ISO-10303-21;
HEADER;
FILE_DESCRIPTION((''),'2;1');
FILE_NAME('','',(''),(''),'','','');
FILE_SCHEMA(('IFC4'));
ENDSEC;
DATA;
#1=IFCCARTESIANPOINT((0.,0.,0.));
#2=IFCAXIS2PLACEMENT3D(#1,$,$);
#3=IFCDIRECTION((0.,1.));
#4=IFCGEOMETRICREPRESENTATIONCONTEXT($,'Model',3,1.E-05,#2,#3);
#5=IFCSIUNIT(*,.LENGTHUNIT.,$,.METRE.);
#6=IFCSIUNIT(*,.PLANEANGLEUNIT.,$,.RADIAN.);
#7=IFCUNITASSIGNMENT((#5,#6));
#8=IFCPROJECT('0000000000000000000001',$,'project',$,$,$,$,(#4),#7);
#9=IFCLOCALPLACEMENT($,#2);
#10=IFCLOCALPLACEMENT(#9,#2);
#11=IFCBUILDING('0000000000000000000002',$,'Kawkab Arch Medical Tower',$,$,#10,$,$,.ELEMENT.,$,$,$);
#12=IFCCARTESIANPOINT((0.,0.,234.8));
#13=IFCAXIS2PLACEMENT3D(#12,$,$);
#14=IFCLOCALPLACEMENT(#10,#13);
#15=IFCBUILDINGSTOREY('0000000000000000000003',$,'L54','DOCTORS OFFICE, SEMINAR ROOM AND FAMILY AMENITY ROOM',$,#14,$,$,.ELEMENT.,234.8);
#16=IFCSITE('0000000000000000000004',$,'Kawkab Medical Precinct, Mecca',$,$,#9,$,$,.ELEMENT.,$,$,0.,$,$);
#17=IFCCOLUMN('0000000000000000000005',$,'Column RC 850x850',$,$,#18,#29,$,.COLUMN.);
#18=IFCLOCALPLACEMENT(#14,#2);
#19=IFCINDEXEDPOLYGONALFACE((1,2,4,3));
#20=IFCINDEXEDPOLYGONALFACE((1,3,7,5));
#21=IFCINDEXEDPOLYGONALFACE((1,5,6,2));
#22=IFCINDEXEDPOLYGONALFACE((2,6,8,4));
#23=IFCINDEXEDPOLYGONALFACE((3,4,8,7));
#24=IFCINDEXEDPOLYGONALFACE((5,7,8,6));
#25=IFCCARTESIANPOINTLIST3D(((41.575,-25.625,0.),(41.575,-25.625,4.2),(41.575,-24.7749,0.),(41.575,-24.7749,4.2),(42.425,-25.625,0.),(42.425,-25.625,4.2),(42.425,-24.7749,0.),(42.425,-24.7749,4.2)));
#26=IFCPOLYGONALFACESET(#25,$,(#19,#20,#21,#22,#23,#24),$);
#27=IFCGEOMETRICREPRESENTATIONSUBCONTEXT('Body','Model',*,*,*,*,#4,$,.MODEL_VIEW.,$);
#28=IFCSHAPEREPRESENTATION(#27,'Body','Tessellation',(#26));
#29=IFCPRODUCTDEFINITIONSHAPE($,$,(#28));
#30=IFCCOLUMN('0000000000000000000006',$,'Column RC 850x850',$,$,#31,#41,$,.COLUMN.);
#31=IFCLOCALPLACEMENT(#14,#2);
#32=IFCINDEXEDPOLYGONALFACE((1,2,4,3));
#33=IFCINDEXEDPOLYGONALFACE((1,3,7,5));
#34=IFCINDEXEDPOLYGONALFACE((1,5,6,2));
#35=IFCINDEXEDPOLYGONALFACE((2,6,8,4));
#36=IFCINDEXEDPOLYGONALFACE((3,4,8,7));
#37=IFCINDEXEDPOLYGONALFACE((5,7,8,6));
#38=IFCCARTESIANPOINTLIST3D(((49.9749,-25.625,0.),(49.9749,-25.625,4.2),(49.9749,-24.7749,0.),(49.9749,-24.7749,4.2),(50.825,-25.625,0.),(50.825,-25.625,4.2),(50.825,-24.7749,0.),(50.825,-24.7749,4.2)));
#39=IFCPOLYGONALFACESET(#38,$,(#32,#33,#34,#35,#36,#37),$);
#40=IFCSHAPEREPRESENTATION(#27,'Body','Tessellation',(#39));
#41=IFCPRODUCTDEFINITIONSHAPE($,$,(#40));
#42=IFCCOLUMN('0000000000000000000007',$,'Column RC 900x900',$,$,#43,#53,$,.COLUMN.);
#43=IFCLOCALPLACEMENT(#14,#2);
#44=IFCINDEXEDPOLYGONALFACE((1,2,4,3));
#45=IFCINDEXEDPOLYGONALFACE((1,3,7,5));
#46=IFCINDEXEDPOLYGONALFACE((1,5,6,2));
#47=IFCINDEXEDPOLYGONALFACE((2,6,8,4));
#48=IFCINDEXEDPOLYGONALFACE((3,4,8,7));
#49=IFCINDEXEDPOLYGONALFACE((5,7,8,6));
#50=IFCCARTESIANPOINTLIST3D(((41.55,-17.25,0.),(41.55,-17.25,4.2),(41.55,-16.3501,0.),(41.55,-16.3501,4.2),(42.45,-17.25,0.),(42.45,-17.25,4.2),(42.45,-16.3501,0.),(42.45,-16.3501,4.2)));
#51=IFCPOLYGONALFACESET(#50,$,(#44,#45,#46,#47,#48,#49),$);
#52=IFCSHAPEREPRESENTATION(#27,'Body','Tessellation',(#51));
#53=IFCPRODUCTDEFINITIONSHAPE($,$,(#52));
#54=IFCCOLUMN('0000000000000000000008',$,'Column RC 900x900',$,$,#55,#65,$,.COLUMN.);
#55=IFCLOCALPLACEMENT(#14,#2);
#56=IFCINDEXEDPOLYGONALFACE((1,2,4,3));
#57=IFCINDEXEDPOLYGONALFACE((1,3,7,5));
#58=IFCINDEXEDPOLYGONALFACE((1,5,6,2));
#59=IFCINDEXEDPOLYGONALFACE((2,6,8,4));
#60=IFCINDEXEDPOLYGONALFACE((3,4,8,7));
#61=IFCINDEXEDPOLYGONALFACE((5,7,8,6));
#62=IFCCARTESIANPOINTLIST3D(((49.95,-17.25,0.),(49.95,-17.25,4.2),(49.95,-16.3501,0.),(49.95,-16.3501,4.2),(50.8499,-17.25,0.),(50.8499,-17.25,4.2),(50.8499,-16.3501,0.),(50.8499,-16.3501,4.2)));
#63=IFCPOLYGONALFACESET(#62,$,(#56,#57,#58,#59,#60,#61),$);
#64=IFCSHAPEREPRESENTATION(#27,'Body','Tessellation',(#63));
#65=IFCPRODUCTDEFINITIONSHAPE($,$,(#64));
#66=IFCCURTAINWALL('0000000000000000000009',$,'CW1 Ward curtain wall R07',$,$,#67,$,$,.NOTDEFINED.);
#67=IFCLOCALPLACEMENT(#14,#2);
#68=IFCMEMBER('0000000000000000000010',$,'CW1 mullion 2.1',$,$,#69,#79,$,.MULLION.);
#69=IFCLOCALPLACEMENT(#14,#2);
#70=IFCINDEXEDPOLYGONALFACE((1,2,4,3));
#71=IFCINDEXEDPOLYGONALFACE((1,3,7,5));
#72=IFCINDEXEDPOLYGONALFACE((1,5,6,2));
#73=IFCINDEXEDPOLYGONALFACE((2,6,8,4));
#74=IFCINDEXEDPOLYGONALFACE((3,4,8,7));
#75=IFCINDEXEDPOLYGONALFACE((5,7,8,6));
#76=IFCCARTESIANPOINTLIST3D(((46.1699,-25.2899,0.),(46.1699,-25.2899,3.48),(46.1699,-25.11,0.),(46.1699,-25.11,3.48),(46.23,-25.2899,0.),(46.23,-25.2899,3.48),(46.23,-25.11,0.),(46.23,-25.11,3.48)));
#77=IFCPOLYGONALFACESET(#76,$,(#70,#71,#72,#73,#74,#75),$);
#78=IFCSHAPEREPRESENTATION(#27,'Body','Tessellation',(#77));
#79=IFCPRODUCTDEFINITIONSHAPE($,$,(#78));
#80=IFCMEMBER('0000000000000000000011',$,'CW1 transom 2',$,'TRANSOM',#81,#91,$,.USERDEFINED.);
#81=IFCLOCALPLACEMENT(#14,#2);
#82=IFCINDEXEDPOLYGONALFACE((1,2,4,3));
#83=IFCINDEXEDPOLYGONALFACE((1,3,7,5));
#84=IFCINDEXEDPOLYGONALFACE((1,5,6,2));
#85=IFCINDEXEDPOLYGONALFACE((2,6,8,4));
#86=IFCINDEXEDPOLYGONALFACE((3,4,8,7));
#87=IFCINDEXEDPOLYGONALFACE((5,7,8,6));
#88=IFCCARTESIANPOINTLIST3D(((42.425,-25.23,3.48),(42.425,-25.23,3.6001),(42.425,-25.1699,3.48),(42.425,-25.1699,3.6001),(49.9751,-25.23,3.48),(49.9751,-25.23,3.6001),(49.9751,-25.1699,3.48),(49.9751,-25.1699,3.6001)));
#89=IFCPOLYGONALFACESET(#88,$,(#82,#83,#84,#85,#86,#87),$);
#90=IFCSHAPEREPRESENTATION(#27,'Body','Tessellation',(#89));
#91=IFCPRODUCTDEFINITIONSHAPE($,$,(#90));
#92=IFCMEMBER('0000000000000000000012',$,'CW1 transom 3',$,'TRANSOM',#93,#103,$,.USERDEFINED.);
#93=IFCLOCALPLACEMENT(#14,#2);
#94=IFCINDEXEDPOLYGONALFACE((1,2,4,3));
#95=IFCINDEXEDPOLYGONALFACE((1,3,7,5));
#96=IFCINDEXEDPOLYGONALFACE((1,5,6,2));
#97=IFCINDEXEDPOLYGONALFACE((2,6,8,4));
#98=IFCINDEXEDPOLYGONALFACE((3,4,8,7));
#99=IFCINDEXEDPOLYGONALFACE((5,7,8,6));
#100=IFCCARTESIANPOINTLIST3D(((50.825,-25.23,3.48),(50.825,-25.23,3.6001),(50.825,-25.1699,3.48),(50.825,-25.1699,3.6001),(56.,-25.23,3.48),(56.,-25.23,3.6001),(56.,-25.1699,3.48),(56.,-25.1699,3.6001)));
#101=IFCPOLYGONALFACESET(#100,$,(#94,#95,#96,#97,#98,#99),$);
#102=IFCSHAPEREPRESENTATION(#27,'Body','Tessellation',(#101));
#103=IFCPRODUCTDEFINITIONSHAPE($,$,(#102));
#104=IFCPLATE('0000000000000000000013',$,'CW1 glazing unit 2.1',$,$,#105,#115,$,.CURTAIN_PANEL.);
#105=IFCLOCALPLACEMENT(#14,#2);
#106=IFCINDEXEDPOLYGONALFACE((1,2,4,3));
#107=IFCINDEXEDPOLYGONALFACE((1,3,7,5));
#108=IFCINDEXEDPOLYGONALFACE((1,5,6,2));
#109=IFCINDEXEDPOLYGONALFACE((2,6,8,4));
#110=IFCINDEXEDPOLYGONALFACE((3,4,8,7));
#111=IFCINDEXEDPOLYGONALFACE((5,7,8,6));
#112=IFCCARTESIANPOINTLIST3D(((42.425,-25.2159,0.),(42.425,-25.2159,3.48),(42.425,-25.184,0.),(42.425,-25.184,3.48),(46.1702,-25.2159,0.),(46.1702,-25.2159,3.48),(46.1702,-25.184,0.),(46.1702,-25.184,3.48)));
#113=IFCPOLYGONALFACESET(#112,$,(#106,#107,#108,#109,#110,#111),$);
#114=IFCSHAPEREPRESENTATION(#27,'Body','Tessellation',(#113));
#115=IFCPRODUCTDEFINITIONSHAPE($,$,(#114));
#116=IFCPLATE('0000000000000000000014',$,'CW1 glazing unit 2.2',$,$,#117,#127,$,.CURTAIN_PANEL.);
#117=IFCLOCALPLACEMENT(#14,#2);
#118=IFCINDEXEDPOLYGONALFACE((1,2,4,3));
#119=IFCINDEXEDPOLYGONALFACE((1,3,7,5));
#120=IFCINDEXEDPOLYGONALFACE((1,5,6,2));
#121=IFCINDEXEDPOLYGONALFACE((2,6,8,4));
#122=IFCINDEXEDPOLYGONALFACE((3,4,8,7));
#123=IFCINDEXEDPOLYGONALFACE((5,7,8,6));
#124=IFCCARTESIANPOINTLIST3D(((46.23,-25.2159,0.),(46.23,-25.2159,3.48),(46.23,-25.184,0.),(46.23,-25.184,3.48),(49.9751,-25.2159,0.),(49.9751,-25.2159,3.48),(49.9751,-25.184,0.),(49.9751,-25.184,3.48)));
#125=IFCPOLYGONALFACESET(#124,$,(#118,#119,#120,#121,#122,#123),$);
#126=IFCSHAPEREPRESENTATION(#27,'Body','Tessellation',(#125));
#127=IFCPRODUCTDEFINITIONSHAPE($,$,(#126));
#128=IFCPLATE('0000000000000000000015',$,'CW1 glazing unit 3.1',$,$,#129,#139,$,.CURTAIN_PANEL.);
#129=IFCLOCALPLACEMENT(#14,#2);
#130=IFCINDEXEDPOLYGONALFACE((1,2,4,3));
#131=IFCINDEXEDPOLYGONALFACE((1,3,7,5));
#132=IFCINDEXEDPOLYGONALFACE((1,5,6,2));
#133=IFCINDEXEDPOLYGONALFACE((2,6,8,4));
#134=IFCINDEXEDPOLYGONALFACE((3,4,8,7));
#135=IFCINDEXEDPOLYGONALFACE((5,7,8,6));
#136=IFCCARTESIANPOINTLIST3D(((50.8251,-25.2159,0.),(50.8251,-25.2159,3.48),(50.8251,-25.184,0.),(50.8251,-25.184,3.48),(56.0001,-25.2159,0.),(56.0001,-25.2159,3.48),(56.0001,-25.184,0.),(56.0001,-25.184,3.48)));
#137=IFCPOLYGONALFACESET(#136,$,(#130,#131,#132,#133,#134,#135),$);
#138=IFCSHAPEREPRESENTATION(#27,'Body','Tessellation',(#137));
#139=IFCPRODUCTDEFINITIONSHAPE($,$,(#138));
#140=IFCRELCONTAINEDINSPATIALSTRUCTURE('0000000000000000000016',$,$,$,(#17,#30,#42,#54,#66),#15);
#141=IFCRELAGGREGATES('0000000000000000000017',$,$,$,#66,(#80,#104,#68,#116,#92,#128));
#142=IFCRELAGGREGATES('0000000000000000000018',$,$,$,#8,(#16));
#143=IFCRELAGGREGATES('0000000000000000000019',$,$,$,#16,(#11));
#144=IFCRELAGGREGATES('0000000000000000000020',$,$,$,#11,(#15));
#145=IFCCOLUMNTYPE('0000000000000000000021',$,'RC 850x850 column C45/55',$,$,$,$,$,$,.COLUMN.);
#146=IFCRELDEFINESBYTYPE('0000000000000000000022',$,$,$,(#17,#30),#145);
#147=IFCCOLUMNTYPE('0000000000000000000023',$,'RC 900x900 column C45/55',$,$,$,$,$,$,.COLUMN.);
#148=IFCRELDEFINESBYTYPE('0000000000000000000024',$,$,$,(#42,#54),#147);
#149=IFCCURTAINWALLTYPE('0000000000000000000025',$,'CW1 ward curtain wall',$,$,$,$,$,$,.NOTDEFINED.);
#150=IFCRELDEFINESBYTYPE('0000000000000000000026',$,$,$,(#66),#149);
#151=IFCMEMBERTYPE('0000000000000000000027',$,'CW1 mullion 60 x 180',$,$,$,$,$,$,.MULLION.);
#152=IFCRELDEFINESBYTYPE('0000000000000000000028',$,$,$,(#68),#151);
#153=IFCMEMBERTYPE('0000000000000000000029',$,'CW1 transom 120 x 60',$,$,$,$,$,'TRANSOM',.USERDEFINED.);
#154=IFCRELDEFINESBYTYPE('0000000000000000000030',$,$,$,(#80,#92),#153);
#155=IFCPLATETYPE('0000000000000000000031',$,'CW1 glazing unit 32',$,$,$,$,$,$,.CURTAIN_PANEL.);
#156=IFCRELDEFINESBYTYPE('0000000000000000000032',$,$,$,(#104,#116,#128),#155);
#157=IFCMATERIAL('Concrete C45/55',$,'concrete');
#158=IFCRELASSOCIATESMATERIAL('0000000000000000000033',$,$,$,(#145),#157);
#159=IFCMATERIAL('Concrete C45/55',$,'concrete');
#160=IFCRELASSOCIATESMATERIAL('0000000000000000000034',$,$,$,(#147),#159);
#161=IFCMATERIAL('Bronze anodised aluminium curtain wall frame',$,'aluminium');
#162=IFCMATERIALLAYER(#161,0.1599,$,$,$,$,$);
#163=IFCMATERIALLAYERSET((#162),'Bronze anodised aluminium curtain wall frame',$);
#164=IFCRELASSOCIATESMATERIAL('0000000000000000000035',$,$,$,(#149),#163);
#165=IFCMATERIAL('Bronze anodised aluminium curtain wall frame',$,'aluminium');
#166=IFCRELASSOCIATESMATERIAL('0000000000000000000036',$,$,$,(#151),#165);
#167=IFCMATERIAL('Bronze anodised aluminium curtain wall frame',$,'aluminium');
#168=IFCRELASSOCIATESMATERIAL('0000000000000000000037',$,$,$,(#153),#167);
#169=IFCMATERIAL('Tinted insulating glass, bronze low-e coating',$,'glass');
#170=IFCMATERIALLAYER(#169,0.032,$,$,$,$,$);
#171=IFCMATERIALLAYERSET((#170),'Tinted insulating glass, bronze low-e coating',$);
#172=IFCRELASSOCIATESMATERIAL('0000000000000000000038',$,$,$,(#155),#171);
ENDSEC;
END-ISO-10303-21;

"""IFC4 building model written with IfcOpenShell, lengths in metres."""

from ifc_helpers import new_model, si_unit, direction, frame, origin, origin_2d, place, context, subcontext, project, spatial, rectangle, extrude, material, layer, layer_set, material_profile, profile_set, type_object, element, aggregate, save


model = new_model("IFC4")

# Units and contexts
model_context = context("Model", 3, precision=1e-05, world=origin(), true_north=direction((0.0, 1.0)))
body_context = subcontext(model_context, "Body", "Model", "MODEL_VIEW")
ifc_project = project(units=[si_unit("LENGTHUNIT", "METRE"), si_unit("PLANEANGLEUNIT", "RADIAN")], contexts=[model_context])

# Site, building, storey
site_placement = place(None, origin())
site = spatial("IfcSite", under=ifc_project, at=site_placement, Name="Kawkab Medical Precinct, Mecca", CompositionType="ELEMENT", RefElevation=0.0)
building_placement = place(site_placement, origin())
building = spatial("IfcBuilding", under=site, at=building_placement, Name="Kawkab Arch Medical Tower", CompositionType="ELEMENT")
storey_placement = place(building_placement, frame((0.0, 0.0, 234.8)))
storey = spatial("IfcBuildingStorey", under=building, at=storey_placement, Name="L54", Description="DOCTORS OFFICE, SEMINAR ROOM AND FAMILY AMENITY ROOM", CompositionType="ELEMENT", Elevation=234.8)

# Columns
ifc_material_1 = material(Name="Concrete C45/55", Category="concrete")
ifc_material_profile_1 = material_profile(ifc_material_1, rectangle(XDim=0.8501, YDim=0.8501, at=origin_2d()), Name="RC 850x850")
ifc_profile_set_1 = profile_set([ifc_material_profile_1], Name="Concrete C45/55")
column_type_1 = type_object("IfcColumnType", Name="RC 850x850 column C45/55", PredefinedType="COLUMN", material=ifc_profile_set_1)
for number, where, z_axis, x_axis, name in (
    (1, (42.0, -25.2, 0.0), (0.0, 0.0, 1.0), (1.0, 0.0, 0.0), "Column RC 850x850"),
    (2, (50.3999, -25.2, 0.0), (0.0, 0.0, 1.0), (1.0, 0.0, 0.0), "Column RC 850x850"),
):
    element("IfcColumn", number, at=place(storey_placement, frame(where, z_axis=z_axis, x_axis=x_axis)), inside=storey, type_object=column_type_1, Name=name, PredefinedType="COLUMN", context=body_context, shape_type="SweptSolid", body=[
        extrude(rectangle(XDim=0.8501, YDim=0.8501, at=origin_2d()), origin(), (0.0, 0.0, 1.0), 4.2),
    ])
ifc_material_2 = material(Name="Concrete C45/55", Category="concrete")
ifc_material_profile_2 = material_profile(ifc_material_2, rectangle(XDim=0.8999, YDim=0.8999, at=origin_2d()), Name="RC 900x900")
ifc_profile_set_2 = profile_set([ifc_material_profile_2], Name="Concrete C45/55")
column_type_2 = type_object("IfcColumnType", Name="RC 900x900 column C45/55", PredefinedType="COLUMN", material=ifc_profile_set_2)
for number, where, z_axis, x_axis, name in (
    (3, (42.0, -16.8, 0.0), (0.0, 0.0, 1.0), (1.0, 0.0, 0.0), "Column RC 900x900"),
    (4, (50.3999, -16.8, 0.0), (0.0, 0.0, 1.0), (1.0, 0.0, 0.0), "Column RC 900x900"),
):
    element("IfcColumn", number, at=place(storey_placement, frame(where, z_axis=z_axis, x_axis=x_axis)), inside=storey, type_object=column_type_2, Name=name, PredefinedType="COLUMN", context=body_context, shape_type="SweptSolid", body=[
        extrude(rectangle(XDim=0.8999, YDim=0.8999, at=origin_2d()), origin(), (0.0, 0.0, 1.0), 4.2),
    ])

# Curtain wall, members, plates
ifc_material_3 = material(Name="Bronze anodised aluminium curtain wall frame", Category="aluminium")
ifc_layer_1 = layer(ifc_material_3, 0.1599)
ifc_layer_set_1 = layer_set([ifc_layer_1], Name="Bronze anodised aluminium curtain wall frame")
curtain_wall_type = type_object("IfcCurtainWallType", Name="CW1 ward curtain wall", PredefinedType="NOTDEFINED", material=ifc_layer_set_1)
curtain_wall_placement = place(storey_placement, origin())
curtain_wall = element("IfcCurtainWall", 5, at=curtain_wall_placement, inside=storey, type_object=curtain_wall_type, Name="CW1 Ward curtain wall R07", PredefinedType="NOTDEFINED")
ifc_material_4 = material(Name="Bronze anodised aluminium curtain wall frame", Category="aluminium")
ifc_material_profile_3 = material_profile(ifc_material_4, rectangle(XDim=0.1799, YDim=0.0601, at=origin_2d()), Name="AL 60x180")
ifc_profile_set_3 = profile_set([ifc_material_profile_3], Name="Bronze anodised aluminium curtain wall frame")
member_type_1 = type_object("IfcMemberType", Name="CW1 mullion 60 x 180", PredefinedType="MULLION", material=ifc_profile_set_3)
member_1_placement = place(storey_placement, frame((46.2, -25.2, 0.0), z_axis=(0.0, 0.0, 1.0), x_axis=(0.0, 1.0, 0.0)))
member_1 = element("IfcMember", 6, at=member_1_placement, type_object=member_type_1, Name="CW1 mullion 2.1", PredefinedType="MULLION", context=body_context, shape_type="SweptSolid", body=[
    extrude(rectangle(XDim=0.1799, YDim=0.0601, at=origin_2d()), origin(), (0.0, 0.0, 1.0), 3.48),
])
ifc_material_5 = material(Name="Bronze anodised aluminium curtain wall frame", Category="aluminium")
ifc_material_profile_4 = material_profile(ifc_material_5, rectangle(XDim=0.0601, YDim=0.1201, at=origin_2d()), Name="AL 60x120")
ifc_profile_set_4 = profile_set([ifc_material_profile_4], Name="Bronze anodised aluminium curtain wall frame")
member_type_2 = type_object("IfcMemberType", Name="CW1 transom 120 x 60", ElementType="TRANSOM", PredefinedType="USERDEFINED", material=ifc_profile_set_4)
member_2_placement = place(storey_placement, frame((42.425, -25.2, 3.54), z_axis=(1.0, 0.0, 0.0), x_axis=(0.0, 1.0, 0.0)))
member_2 = element("IfcMember", 7, at=member_2_placement, type_object=member_type_2, Name="CW1 transom 2", ObjectType="TRANSOM", PredefinedType="USERDEFINED", context=body_context, shape_type="SweptSolid", body=[
    extrude(rectangle(XDim=0.0601, YDim=0.1201, at=origin_2d()), origin(), (0.0, 0.0, 1.0), 7.55),
])
member_3_placement = place(storey_placement, frame((50.825, -25.2, 3.54), z_axis=(1.0, 0.0, 0.0), x_axis=(0.0, 1.0, 0.0)))
member_3 = element("IfcMember", 8, at=member_3_placement, type_object=member_type_2, Name="CW1 transom 3", ObjectType="TRANSOM", PredefinedType="USERDEFINED", context=body_context, shape_type="SweptSolid", body=[
    extrude(rectangle(XDim=0.0601, YDim=0.1201, at=origin_2d()), origin(), (0.0, 0.0, 1.0), 5.175),
])
ifc_material_6 = material(Name="Tinted insulating glass, bronze low-e coating", Category="glass")
ifc_layer_2 = layer(ifc_material_6, 0.032)
ifc_layer_set_2 = layer_set([ifc_layer_2], Name="Tinted insulating glass, bronze low-e coating")
plate_type = type_object("IfcPlateType", Name="CW1 glazing unit 32", PredefinedType="CURTAIN_PANEL", material=ifc_layer_set_2)
plate_1_placement = place(storey_placement, frame((44.2976, -25.2, 0.0), z_axis=(0.0, 0.0, 1.0), x_axis=(1.0, 0.0, 0.0)))
plate_1 = element("IfcPlate", 9, at=plate_1_placement, type_object=plate_type, Name="CW1 glazing unit 2.1", PredefinedType="CURTAIN_PANEL", context=body_context, shape_type="SweptSolid", body=[
    extrude(rectangle(XDim=3.7451, YDim=0.032, at=origin_2d()), origin(), (0.0, 0.0, 1.0), 3.48),
])
plate_2_placement = place(storey_placement, frame((48.1025, -25.2, 0.0), z_axis=(0.0, 0.0, 1.0), x_axis=(1.0, 0.0, 0.0)))
plate_2 = element("IfcPlate", 10, at=plate_2_placement, type_object=plate_type, Name="CW1 glazing unit 2.2", PredefinedType="CURTAIN_PANEL", context=body_context, shape_type="SweptSolid", body=[
    extrude(rectangle(XDim=3.7451, YDim=0.032, at=origin_2d()), origin(), (0.0, 0.0, 1.0), 3.48),
])
plate_3_placement = place(storey_placement, frame((53.4126, -25.2, 0.0), z_axis=(0.0, 0.0, 1.0), x_axis=(1.0, 0.0, 0.0)))
plate_3 = element("IfcPlate", 11, at=plate_3_placement, type_object=plate_type, Name="CW1 glazing unit 3.1", PredefinedType="CURTAIN_PANEL", context=body_context, shape_type="SweptSolid", body=[
    extrude(rectangle(XDim=5.175, YDim=0.032, at=origin_2d()), origin(), (0.0, 0.0, 1.0), 3.48),
])
aggregate(curtain_wall, [member_2, plate_1, member_1, plate_2, member_3, plate_3])

save(model, "model.ifc")
